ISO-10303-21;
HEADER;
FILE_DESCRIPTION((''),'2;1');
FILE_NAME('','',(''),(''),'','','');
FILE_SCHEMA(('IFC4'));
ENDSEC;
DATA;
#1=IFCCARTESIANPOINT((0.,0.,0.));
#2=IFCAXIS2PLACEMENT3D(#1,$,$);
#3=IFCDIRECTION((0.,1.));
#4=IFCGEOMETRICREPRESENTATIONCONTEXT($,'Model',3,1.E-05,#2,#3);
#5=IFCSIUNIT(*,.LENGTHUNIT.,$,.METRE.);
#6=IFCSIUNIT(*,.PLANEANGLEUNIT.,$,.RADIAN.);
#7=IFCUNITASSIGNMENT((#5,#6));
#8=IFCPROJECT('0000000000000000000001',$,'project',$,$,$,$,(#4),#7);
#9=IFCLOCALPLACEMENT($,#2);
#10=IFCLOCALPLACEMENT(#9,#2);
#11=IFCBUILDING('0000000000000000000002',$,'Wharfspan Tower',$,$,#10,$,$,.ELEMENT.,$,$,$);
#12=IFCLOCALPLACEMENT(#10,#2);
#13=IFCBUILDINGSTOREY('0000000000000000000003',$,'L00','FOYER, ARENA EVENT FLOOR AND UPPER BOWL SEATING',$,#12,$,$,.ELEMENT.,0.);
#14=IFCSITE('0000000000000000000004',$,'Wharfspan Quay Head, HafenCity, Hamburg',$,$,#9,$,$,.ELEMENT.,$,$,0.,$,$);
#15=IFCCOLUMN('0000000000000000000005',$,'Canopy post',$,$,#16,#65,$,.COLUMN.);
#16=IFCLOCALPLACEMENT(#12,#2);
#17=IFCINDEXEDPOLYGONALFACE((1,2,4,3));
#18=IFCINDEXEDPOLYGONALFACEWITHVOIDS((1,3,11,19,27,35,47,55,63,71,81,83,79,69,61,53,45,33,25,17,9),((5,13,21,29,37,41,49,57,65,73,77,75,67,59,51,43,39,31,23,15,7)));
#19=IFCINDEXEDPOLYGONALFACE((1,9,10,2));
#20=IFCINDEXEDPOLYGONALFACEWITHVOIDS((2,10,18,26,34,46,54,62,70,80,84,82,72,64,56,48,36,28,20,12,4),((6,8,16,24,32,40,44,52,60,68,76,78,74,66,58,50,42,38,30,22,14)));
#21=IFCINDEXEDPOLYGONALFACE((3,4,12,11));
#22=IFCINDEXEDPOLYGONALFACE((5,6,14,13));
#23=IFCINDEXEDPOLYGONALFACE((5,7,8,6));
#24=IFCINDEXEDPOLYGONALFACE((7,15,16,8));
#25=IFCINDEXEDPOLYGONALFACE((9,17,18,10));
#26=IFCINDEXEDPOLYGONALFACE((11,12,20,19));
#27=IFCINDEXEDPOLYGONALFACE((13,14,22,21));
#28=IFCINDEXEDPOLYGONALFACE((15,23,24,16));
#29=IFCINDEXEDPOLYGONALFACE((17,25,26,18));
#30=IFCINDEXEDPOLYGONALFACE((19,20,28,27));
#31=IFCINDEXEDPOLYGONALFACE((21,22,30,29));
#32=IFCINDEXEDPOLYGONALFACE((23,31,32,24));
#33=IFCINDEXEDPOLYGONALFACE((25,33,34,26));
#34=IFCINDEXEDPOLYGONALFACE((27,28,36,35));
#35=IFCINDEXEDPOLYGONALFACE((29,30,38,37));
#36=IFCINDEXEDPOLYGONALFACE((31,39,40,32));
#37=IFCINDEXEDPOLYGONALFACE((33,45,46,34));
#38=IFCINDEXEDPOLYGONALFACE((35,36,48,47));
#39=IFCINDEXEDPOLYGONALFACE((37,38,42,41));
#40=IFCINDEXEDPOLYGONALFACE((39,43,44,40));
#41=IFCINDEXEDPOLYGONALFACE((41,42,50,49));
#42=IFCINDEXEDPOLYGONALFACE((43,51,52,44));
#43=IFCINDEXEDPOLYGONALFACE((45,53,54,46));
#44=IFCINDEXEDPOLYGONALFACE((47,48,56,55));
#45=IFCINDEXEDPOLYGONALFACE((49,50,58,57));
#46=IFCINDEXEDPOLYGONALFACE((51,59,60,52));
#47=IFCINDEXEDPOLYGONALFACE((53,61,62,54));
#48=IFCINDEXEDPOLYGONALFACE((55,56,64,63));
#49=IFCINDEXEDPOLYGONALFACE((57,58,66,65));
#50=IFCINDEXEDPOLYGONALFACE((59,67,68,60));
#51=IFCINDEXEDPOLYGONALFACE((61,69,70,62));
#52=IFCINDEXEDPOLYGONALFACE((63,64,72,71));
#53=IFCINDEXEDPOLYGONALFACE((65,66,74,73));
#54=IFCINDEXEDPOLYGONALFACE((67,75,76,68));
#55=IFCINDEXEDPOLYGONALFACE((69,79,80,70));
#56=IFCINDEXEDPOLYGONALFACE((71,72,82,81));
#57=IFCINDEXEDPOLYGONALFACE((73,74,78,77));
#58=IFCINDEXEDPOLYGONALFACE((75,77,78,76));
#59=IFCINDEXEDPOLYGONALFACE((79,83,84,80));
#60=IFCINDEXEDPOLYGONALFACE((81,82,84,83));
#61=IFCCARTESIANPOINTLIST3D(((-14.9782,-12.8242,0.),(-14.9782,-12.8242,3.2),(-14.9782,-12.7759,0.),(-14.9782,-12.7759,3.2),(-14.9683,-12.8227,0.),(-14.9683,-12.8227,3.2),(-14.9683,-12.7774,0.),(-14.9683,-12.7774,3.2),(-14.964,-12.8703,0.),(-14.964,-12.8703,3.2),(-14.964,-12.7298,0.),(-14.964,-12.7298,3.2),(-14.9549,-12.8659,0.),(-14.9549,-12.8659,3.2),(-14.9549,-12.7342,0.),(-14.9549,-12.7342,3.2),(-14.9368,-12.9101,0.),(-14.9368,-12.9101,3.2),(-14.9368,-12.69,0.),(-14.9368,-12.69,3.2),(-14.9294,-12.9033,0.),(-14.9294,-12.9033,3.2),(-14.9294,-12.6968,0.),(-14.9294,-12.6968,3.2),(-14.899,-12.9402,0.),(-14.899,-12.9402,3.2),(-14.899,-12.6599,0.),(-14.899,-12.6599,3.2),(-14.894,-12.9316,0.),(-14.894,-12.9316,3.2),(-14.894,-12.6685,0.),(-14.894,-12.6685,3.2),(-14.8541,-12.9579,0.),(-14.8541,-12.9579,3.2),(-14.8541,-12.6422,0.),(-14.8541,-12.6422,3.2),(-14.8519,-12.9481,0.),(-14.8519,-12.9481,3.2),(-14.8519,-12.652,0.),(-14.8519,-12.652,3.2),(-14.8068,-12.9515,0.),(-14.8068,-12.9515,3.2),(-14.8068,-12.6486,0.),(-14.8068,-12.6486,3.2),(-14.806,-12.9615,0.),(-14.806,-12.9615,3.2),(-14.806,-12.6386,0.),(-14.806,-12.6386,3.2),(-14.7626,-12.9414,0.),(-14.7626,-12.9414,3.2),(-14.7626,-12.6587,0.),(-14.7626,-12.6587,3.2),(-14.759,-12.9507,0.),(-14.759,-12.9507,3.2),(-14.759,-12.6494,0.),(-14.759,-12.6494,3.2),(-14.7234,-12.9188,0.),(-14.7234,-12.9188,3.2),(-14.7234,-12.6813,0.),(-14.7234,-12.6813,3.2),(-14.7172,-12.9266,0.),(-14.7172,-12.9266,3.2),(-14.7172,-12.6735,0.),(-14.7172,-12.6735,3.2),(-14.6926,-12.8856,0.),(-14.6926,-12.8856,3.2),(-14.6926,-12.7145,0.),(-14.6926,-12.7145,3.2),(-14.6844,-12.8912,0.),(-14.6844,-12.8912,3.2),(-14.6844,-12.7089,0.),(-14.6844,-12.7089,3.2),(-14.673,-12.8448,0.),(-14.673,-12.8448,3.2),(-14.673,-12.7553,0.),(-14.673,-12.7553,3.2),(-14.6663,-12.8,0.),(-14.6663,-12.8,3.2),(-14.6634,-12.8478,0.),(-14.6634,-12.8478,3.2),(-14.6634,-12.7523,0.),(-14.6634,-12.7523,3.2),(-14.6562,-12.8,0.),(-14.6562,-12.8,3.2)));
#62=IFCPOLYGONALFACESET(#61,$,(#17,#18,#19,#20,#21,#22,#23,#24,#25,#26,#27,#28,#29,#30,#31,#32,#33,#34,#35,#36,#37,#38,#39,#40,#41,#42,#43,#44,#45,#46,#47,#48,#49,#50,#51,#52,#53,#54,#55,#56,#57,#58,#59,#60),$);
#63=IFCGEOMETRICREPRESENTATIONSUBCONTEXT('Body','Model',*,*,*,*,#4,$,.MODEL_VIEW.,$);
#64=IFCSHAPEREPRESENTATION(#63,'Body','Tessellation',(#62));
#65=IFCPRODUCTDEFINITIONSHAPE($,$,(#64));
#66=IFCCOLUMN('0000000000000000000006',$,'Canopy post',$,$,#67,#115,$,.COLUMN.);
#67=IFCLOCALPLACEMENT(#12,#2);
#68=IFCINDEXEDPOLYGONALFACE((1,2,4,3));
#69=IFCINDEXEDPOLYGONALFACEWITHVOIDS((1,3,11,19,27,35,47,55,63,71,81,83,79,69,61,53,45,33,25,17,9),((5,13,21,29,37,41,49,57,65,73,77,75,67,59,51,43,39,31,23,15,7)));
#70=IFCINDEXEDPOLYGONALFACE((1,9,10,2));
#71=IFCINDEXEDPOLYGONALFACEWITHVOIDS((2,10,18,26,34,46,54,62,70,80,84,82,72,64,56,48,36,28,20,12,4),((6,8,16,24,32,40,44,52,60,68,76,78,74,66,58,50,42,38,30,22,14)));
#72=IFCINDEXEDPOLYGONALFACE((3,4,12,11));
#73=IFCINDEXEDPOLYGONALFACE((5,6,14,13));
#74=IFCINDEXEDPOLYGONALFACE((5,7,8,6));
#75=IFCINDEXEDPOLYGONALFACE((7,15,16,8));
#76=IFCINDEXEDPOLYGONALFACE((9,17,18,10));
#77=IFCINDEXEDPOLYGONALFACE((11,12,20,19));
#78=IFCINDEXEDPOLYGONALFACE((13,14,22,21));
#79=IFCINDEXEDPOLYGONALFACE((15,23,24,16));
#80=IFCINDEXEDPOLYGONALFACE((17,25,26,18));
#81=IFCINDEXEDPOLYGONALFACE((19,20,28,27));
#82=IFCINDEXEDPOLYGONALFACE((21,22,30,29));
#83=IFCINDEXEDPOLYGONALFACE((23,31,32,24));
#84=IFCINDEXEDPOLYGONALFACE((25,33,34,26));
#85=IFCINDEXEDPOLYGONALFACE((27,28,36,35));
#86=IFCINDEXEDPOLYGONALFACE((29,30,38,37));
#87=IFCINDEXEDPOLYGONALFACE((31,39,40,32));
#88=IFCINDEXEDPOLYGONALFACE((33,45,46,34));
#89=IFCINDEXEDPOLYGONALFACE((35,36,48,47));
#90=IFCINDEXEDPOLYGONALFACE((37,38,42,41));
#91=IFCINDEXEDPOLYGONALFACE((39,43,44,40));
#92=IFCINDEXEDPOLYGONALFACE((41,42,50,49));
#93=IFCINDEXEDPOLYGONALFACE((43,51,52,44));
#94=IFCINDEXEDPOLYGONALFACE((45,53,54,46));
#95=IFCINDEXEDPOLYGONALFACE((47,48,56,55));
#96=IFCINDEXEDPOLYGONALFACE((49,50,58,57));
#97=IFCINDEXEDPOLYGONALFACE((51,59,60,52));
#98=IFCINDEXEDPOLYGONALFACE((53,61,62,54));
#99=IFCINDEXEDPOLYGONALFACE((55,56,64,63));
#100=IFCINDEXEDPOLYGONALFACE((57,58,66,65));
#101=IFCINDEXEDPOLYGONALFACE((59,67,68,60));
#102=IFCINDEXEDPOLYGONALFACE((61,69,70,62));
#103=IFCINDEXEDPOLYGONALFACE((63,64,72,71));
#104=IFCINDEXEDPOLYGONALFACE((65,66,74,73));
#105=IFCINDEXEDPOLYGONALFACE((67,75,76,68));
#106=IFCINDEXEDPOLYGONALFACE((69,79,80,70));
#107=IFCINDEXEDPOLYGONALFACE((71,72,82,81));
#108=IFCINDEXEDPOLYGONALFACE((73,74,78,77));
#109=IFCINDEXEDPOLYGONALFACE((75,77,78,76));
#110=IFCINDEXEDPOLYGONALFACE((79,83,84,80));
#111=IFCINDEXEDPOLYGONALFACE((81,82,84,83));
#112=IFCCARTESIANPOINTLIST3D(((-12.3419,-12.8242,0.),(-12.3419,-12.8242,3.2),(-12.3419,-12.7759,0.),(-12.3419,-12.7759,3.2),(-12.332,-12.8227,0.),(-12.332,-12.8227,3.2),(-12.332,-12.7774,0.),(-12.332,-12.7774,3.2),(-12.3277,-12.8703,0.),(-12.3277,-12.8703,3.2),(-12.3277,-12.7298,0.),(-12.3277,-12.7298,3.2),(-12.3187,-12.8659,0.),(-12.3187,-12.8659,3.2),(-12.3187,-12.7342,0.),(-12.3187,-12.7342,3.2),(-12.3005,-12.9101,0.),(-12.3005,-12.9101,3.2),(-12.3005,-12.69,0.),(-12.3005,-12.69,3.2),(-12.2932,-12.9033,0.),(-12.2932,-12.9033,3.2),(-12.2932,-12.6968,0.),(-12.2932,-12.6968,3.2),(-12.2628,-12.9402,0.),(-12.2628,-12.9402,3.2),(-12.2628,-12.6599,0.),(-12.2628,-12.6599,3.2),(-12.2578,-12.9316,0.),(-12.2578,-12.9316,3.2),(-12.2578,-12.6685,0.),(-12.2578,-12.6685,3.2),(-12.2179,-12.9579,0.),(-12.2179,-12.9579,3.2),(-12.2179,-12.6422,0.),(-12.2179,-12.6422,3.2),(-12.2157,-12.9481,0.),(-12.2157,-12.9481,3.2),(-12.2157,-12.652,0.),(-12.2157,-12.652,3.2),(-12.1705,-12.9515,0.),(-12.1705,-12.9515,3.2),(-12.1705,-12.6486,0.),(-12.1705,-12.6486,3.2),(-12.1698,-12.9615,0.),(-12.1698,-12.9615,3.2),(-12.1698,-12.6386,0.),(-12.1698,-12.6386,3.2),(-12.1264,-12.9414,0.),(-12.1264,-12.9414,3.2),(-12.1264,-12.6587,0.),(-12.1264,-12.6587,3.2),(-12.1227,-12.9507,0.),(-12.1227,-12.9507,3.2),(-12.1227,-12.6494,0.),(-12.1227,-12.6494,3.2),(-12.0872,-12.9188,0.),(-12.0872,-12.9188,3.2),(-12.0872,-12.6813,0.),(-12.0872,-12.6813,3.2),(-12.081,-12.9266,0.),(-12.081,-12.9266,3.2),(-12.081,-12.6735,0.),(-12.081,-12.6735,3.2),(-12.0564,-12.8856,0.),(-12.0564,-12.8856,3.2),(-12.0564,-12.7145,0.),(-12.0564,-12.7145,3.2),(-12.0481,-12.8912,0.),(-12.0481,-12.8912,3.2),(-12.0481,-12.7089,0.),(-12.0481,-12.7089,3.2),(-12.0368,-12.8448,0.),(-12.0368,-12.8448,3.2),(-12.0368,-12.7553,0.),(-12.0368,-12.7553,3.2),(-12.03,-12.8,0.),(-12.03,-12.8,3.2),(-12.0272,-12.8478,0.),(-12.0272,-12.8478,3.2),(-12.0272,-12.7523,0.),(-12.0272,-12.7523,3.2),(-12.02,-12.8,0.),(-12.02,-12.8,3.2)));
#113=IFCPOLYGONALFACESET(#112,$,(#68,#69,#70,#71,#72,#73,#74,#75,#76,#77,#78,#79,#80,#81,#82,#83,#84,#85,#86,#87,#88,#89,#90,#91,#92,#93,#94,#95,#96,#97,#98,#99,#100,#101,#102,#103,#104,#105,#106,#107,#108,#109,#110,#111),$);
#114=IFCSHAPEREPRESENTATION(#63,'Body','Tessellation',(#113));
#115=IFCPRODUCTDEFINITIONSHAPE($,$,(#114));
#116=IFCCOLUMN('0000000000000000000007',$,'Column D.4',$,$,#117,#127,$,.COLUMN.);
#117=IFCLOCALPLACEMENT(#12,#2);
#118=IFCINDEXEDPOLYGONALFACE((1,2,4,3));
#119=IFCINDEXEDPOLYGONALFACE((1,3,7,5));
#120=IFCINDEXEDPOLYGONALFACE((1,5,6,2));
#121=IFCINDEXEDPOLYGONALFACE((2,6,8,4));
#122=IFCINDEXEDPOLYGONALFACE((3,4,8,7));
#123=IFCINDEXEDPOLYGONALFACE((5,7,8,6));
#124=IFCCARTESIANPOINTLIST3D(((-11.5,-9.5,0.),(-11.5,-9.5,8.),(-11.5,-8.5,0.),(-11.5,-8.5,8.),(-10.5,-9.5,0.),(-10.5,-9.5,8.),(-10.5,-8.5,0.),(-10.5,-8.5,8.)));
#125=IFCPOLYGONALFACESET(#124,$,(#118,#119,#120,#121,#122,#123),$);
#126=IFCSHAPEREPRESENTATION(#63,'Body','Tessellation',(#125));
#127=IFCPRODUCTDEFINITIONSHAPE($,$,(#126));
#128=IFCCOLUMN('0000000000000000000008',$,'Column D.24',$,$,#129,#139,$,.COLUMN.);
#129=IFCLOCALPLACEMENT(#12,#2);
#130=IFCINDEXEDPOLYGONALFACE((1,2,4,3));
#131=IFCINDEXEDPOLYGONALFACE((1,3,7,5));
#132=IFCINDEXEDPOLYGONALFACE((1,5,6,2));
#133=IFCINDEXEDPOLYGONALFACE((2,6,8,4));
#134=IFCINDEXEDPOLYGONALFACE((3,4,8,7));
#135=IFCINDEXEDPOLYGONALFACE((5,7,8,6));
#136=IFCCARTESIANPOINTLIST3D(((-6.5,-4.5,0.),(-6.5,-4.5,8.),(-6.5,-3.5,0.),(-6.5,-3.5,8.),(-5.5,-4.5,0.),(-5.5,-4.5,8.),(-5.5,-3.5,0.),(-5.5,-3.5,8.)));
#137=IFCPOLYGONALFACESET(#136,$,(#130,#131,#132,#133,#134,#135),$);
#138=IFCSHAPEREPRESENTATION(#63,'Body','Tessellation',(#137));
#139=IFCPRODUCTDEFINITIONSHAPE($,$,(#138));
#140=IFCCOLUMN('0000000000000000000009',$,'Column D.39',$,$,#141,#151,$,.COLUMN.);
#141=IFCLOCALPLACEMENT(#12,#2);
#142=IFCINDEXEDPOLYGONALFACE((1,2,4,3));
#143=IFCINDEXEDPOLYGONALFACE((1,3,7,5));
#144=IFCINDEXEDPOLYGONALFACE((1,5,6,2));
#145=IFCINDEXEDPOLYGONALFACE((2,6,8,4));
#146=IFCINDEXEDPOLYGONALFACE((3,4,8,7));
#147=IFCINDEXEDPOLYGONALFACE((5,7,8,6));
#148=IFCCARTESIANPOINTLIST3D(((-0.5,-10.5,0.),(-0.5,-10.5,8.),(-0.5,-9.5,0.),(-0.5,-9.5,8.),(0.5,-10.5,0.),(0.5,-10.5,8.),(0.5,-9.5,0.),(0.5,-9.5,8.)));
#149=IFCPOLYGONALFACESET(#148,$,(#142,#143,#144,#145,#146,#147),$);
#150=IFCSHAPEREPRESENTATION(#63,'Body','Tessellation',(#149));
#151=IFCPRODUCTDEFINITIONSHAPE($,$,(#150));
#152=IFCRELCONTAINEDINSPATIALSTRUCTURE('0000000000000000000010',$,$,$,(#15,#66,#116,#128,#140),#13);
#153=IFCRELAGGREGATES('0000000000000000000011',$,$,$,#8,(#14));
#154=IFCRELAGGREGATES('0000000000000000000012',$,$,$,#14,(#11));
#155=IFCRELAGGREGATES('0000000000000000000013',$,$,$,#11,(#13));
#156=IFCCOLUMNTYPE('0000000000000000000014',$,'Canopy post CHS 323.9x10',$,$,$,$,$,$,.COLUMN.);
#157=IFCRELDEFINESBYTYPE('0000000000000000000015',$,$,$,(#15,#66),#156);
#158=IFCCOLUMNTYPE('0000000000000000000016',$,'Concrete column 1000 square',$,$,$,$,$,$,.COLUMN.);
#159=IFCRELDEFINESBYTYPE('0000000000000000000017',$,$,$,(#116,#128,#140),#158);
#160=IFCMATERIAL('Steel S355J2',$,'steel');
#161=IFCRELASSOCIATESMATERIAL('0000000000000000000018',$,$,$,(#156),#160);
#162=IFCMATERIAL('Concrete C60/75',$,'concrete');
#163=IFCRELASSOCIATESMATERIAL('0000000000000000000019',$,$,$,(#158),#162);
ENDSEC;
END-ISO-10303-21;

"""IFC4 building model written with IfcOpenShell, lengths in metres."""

from ifc_helpers import new_model, si_unit, direction, frame, origin, origin_2d, place, context, subcontext, project, spatial, rectangle, hollow_circle, extrude, material, material_profile, profile_set, type_object, element, save


model = new_model("IFC4")

# Units and contexts
model_context = context("Model", 3, precision=1e-05, world=origin(), true_north=direction((0.0, 1.0)))
body_context = subcontext(model_context, "Body", "Model", "MODEL_VIEW")
ifc_project = project(units=[si_unit("LENGTHUNIT", "METRE"), si_unit("PLANEANGLEUNIT", "RADIAN")], contexts=[model_context])

# Site, building, storey
site_placement = place(None, origin())
site = spatial("IfcSite", under=ifc_project, at=site_placement, Name="Wharfspan Quay Head, HafenCity, Hamburg", CompositionType="ELEMENT", RefElevation=0.0)
building_placement = place(site_placement, origin())
building = spatial("IfcBuilding", under=site, at=building_placement, Name="Wharfspan Tower", CompositionType="ELEMENT")
storey_placement = place(building_placement, origin())
storey = spatial("IfcBuildingStorey", under=building, at=storey_placement, Name="L00", Description="FOYER, ARENA EVENT FLOOR AND UPPER BOWL SEATING", CompositionType="ELEMENT", Elevation=0.0)

# Columns
ifc_material_1 = material(Name="Steel S355J2", Category="steel")
ifc_material_profile_1 = material_profile(ifc_material_1, hollow_circle(Radius=0.1619, WallThickness=0.01, at=origin_2d()))
ifc_profile_set_1 = profile_set([ifc_material_profile_1], Name="Steel S355J2")
column_type_1 = type_object("IfcColumnType", Name="Canopy post CHS 323.9x10", PredefinedType="COLUMN", material=ifc_profile_set_1)
for number, where, z_axis, x_axis, name in (
    (1, (-14.8181, -12.8, 0.0), (0.0, 0.0, 1.0), (1.0, 0.0, 0.0), "Canopy post"),
    (2, (-12.1819, -12.8, 0.0), (0.0, 0.0, 1.0), (1.0, 0.0, 0.0), "Canopy post"),
):
    element("IfcColumn", number, at=place(storey_placement, frame(where, z_axis=z_axis, x_axis=x_axis)), inside=storey, type_object=column_type_1, Name=name, PredefinedType="COLUMN", context=body_context, shape_type="SweptSolid", body=[
        extrude(hollow_circle(Radius=0.1619, WallThickness=0.01, at=origin_2d()), origin(), (0.0, 0.0, 1.0), 3.2),
    ])
ifc_material_2 = material(Name="Concrete C60/75", Category="concrete")
ifc_material_profile_2 = material_profile(ifc_material_2, rectangle(XDim=1.0, YDim=1.0, at=origin_2d()))
ifc_profile_set_2 = profile_set([ifc_material_profile_2], Name="Concrete C60/75")
column_type_2 = type_object("IfcColumnType", Name="Concrete column 1000 square", PredefinedType="COLUMN", material=ifc_profile_set_2)
for number, where, z_axis, x_axis, name in (
    (3, (-11.0, -9.0, 0.0), (0.0, 0.0, 1.0), (1.0, 0.0, 0.0), "Column D.4"),
    (4, (-6.0, -4.0, 0.0), (0.0, 0.0, 1.0), (1.0, 0.0, 0.0), "Column D.24"),
    (5, (0.0, -10.0, 0.0), (0.0, 0.0, 1.0), (1.0, 0.0, 0.0), "Column D.39"),
):
    element("IfcColumn", number, at=place(storey_placement, frame(where, z_axis=z_axis, x_axis=x_axis)), inside=storey, type_object=column_type_2, Name=name, PredefinedType="COLUMN", context=body_context, shape_type="SweptSolid", body=[
        extrude(rectangle(XDim=1.0, YDim=1.0, at=origin_2d()), origin(), (0.0, 0.0, 1.0), 8.0),
    ])

save(model, "model.ifc")
